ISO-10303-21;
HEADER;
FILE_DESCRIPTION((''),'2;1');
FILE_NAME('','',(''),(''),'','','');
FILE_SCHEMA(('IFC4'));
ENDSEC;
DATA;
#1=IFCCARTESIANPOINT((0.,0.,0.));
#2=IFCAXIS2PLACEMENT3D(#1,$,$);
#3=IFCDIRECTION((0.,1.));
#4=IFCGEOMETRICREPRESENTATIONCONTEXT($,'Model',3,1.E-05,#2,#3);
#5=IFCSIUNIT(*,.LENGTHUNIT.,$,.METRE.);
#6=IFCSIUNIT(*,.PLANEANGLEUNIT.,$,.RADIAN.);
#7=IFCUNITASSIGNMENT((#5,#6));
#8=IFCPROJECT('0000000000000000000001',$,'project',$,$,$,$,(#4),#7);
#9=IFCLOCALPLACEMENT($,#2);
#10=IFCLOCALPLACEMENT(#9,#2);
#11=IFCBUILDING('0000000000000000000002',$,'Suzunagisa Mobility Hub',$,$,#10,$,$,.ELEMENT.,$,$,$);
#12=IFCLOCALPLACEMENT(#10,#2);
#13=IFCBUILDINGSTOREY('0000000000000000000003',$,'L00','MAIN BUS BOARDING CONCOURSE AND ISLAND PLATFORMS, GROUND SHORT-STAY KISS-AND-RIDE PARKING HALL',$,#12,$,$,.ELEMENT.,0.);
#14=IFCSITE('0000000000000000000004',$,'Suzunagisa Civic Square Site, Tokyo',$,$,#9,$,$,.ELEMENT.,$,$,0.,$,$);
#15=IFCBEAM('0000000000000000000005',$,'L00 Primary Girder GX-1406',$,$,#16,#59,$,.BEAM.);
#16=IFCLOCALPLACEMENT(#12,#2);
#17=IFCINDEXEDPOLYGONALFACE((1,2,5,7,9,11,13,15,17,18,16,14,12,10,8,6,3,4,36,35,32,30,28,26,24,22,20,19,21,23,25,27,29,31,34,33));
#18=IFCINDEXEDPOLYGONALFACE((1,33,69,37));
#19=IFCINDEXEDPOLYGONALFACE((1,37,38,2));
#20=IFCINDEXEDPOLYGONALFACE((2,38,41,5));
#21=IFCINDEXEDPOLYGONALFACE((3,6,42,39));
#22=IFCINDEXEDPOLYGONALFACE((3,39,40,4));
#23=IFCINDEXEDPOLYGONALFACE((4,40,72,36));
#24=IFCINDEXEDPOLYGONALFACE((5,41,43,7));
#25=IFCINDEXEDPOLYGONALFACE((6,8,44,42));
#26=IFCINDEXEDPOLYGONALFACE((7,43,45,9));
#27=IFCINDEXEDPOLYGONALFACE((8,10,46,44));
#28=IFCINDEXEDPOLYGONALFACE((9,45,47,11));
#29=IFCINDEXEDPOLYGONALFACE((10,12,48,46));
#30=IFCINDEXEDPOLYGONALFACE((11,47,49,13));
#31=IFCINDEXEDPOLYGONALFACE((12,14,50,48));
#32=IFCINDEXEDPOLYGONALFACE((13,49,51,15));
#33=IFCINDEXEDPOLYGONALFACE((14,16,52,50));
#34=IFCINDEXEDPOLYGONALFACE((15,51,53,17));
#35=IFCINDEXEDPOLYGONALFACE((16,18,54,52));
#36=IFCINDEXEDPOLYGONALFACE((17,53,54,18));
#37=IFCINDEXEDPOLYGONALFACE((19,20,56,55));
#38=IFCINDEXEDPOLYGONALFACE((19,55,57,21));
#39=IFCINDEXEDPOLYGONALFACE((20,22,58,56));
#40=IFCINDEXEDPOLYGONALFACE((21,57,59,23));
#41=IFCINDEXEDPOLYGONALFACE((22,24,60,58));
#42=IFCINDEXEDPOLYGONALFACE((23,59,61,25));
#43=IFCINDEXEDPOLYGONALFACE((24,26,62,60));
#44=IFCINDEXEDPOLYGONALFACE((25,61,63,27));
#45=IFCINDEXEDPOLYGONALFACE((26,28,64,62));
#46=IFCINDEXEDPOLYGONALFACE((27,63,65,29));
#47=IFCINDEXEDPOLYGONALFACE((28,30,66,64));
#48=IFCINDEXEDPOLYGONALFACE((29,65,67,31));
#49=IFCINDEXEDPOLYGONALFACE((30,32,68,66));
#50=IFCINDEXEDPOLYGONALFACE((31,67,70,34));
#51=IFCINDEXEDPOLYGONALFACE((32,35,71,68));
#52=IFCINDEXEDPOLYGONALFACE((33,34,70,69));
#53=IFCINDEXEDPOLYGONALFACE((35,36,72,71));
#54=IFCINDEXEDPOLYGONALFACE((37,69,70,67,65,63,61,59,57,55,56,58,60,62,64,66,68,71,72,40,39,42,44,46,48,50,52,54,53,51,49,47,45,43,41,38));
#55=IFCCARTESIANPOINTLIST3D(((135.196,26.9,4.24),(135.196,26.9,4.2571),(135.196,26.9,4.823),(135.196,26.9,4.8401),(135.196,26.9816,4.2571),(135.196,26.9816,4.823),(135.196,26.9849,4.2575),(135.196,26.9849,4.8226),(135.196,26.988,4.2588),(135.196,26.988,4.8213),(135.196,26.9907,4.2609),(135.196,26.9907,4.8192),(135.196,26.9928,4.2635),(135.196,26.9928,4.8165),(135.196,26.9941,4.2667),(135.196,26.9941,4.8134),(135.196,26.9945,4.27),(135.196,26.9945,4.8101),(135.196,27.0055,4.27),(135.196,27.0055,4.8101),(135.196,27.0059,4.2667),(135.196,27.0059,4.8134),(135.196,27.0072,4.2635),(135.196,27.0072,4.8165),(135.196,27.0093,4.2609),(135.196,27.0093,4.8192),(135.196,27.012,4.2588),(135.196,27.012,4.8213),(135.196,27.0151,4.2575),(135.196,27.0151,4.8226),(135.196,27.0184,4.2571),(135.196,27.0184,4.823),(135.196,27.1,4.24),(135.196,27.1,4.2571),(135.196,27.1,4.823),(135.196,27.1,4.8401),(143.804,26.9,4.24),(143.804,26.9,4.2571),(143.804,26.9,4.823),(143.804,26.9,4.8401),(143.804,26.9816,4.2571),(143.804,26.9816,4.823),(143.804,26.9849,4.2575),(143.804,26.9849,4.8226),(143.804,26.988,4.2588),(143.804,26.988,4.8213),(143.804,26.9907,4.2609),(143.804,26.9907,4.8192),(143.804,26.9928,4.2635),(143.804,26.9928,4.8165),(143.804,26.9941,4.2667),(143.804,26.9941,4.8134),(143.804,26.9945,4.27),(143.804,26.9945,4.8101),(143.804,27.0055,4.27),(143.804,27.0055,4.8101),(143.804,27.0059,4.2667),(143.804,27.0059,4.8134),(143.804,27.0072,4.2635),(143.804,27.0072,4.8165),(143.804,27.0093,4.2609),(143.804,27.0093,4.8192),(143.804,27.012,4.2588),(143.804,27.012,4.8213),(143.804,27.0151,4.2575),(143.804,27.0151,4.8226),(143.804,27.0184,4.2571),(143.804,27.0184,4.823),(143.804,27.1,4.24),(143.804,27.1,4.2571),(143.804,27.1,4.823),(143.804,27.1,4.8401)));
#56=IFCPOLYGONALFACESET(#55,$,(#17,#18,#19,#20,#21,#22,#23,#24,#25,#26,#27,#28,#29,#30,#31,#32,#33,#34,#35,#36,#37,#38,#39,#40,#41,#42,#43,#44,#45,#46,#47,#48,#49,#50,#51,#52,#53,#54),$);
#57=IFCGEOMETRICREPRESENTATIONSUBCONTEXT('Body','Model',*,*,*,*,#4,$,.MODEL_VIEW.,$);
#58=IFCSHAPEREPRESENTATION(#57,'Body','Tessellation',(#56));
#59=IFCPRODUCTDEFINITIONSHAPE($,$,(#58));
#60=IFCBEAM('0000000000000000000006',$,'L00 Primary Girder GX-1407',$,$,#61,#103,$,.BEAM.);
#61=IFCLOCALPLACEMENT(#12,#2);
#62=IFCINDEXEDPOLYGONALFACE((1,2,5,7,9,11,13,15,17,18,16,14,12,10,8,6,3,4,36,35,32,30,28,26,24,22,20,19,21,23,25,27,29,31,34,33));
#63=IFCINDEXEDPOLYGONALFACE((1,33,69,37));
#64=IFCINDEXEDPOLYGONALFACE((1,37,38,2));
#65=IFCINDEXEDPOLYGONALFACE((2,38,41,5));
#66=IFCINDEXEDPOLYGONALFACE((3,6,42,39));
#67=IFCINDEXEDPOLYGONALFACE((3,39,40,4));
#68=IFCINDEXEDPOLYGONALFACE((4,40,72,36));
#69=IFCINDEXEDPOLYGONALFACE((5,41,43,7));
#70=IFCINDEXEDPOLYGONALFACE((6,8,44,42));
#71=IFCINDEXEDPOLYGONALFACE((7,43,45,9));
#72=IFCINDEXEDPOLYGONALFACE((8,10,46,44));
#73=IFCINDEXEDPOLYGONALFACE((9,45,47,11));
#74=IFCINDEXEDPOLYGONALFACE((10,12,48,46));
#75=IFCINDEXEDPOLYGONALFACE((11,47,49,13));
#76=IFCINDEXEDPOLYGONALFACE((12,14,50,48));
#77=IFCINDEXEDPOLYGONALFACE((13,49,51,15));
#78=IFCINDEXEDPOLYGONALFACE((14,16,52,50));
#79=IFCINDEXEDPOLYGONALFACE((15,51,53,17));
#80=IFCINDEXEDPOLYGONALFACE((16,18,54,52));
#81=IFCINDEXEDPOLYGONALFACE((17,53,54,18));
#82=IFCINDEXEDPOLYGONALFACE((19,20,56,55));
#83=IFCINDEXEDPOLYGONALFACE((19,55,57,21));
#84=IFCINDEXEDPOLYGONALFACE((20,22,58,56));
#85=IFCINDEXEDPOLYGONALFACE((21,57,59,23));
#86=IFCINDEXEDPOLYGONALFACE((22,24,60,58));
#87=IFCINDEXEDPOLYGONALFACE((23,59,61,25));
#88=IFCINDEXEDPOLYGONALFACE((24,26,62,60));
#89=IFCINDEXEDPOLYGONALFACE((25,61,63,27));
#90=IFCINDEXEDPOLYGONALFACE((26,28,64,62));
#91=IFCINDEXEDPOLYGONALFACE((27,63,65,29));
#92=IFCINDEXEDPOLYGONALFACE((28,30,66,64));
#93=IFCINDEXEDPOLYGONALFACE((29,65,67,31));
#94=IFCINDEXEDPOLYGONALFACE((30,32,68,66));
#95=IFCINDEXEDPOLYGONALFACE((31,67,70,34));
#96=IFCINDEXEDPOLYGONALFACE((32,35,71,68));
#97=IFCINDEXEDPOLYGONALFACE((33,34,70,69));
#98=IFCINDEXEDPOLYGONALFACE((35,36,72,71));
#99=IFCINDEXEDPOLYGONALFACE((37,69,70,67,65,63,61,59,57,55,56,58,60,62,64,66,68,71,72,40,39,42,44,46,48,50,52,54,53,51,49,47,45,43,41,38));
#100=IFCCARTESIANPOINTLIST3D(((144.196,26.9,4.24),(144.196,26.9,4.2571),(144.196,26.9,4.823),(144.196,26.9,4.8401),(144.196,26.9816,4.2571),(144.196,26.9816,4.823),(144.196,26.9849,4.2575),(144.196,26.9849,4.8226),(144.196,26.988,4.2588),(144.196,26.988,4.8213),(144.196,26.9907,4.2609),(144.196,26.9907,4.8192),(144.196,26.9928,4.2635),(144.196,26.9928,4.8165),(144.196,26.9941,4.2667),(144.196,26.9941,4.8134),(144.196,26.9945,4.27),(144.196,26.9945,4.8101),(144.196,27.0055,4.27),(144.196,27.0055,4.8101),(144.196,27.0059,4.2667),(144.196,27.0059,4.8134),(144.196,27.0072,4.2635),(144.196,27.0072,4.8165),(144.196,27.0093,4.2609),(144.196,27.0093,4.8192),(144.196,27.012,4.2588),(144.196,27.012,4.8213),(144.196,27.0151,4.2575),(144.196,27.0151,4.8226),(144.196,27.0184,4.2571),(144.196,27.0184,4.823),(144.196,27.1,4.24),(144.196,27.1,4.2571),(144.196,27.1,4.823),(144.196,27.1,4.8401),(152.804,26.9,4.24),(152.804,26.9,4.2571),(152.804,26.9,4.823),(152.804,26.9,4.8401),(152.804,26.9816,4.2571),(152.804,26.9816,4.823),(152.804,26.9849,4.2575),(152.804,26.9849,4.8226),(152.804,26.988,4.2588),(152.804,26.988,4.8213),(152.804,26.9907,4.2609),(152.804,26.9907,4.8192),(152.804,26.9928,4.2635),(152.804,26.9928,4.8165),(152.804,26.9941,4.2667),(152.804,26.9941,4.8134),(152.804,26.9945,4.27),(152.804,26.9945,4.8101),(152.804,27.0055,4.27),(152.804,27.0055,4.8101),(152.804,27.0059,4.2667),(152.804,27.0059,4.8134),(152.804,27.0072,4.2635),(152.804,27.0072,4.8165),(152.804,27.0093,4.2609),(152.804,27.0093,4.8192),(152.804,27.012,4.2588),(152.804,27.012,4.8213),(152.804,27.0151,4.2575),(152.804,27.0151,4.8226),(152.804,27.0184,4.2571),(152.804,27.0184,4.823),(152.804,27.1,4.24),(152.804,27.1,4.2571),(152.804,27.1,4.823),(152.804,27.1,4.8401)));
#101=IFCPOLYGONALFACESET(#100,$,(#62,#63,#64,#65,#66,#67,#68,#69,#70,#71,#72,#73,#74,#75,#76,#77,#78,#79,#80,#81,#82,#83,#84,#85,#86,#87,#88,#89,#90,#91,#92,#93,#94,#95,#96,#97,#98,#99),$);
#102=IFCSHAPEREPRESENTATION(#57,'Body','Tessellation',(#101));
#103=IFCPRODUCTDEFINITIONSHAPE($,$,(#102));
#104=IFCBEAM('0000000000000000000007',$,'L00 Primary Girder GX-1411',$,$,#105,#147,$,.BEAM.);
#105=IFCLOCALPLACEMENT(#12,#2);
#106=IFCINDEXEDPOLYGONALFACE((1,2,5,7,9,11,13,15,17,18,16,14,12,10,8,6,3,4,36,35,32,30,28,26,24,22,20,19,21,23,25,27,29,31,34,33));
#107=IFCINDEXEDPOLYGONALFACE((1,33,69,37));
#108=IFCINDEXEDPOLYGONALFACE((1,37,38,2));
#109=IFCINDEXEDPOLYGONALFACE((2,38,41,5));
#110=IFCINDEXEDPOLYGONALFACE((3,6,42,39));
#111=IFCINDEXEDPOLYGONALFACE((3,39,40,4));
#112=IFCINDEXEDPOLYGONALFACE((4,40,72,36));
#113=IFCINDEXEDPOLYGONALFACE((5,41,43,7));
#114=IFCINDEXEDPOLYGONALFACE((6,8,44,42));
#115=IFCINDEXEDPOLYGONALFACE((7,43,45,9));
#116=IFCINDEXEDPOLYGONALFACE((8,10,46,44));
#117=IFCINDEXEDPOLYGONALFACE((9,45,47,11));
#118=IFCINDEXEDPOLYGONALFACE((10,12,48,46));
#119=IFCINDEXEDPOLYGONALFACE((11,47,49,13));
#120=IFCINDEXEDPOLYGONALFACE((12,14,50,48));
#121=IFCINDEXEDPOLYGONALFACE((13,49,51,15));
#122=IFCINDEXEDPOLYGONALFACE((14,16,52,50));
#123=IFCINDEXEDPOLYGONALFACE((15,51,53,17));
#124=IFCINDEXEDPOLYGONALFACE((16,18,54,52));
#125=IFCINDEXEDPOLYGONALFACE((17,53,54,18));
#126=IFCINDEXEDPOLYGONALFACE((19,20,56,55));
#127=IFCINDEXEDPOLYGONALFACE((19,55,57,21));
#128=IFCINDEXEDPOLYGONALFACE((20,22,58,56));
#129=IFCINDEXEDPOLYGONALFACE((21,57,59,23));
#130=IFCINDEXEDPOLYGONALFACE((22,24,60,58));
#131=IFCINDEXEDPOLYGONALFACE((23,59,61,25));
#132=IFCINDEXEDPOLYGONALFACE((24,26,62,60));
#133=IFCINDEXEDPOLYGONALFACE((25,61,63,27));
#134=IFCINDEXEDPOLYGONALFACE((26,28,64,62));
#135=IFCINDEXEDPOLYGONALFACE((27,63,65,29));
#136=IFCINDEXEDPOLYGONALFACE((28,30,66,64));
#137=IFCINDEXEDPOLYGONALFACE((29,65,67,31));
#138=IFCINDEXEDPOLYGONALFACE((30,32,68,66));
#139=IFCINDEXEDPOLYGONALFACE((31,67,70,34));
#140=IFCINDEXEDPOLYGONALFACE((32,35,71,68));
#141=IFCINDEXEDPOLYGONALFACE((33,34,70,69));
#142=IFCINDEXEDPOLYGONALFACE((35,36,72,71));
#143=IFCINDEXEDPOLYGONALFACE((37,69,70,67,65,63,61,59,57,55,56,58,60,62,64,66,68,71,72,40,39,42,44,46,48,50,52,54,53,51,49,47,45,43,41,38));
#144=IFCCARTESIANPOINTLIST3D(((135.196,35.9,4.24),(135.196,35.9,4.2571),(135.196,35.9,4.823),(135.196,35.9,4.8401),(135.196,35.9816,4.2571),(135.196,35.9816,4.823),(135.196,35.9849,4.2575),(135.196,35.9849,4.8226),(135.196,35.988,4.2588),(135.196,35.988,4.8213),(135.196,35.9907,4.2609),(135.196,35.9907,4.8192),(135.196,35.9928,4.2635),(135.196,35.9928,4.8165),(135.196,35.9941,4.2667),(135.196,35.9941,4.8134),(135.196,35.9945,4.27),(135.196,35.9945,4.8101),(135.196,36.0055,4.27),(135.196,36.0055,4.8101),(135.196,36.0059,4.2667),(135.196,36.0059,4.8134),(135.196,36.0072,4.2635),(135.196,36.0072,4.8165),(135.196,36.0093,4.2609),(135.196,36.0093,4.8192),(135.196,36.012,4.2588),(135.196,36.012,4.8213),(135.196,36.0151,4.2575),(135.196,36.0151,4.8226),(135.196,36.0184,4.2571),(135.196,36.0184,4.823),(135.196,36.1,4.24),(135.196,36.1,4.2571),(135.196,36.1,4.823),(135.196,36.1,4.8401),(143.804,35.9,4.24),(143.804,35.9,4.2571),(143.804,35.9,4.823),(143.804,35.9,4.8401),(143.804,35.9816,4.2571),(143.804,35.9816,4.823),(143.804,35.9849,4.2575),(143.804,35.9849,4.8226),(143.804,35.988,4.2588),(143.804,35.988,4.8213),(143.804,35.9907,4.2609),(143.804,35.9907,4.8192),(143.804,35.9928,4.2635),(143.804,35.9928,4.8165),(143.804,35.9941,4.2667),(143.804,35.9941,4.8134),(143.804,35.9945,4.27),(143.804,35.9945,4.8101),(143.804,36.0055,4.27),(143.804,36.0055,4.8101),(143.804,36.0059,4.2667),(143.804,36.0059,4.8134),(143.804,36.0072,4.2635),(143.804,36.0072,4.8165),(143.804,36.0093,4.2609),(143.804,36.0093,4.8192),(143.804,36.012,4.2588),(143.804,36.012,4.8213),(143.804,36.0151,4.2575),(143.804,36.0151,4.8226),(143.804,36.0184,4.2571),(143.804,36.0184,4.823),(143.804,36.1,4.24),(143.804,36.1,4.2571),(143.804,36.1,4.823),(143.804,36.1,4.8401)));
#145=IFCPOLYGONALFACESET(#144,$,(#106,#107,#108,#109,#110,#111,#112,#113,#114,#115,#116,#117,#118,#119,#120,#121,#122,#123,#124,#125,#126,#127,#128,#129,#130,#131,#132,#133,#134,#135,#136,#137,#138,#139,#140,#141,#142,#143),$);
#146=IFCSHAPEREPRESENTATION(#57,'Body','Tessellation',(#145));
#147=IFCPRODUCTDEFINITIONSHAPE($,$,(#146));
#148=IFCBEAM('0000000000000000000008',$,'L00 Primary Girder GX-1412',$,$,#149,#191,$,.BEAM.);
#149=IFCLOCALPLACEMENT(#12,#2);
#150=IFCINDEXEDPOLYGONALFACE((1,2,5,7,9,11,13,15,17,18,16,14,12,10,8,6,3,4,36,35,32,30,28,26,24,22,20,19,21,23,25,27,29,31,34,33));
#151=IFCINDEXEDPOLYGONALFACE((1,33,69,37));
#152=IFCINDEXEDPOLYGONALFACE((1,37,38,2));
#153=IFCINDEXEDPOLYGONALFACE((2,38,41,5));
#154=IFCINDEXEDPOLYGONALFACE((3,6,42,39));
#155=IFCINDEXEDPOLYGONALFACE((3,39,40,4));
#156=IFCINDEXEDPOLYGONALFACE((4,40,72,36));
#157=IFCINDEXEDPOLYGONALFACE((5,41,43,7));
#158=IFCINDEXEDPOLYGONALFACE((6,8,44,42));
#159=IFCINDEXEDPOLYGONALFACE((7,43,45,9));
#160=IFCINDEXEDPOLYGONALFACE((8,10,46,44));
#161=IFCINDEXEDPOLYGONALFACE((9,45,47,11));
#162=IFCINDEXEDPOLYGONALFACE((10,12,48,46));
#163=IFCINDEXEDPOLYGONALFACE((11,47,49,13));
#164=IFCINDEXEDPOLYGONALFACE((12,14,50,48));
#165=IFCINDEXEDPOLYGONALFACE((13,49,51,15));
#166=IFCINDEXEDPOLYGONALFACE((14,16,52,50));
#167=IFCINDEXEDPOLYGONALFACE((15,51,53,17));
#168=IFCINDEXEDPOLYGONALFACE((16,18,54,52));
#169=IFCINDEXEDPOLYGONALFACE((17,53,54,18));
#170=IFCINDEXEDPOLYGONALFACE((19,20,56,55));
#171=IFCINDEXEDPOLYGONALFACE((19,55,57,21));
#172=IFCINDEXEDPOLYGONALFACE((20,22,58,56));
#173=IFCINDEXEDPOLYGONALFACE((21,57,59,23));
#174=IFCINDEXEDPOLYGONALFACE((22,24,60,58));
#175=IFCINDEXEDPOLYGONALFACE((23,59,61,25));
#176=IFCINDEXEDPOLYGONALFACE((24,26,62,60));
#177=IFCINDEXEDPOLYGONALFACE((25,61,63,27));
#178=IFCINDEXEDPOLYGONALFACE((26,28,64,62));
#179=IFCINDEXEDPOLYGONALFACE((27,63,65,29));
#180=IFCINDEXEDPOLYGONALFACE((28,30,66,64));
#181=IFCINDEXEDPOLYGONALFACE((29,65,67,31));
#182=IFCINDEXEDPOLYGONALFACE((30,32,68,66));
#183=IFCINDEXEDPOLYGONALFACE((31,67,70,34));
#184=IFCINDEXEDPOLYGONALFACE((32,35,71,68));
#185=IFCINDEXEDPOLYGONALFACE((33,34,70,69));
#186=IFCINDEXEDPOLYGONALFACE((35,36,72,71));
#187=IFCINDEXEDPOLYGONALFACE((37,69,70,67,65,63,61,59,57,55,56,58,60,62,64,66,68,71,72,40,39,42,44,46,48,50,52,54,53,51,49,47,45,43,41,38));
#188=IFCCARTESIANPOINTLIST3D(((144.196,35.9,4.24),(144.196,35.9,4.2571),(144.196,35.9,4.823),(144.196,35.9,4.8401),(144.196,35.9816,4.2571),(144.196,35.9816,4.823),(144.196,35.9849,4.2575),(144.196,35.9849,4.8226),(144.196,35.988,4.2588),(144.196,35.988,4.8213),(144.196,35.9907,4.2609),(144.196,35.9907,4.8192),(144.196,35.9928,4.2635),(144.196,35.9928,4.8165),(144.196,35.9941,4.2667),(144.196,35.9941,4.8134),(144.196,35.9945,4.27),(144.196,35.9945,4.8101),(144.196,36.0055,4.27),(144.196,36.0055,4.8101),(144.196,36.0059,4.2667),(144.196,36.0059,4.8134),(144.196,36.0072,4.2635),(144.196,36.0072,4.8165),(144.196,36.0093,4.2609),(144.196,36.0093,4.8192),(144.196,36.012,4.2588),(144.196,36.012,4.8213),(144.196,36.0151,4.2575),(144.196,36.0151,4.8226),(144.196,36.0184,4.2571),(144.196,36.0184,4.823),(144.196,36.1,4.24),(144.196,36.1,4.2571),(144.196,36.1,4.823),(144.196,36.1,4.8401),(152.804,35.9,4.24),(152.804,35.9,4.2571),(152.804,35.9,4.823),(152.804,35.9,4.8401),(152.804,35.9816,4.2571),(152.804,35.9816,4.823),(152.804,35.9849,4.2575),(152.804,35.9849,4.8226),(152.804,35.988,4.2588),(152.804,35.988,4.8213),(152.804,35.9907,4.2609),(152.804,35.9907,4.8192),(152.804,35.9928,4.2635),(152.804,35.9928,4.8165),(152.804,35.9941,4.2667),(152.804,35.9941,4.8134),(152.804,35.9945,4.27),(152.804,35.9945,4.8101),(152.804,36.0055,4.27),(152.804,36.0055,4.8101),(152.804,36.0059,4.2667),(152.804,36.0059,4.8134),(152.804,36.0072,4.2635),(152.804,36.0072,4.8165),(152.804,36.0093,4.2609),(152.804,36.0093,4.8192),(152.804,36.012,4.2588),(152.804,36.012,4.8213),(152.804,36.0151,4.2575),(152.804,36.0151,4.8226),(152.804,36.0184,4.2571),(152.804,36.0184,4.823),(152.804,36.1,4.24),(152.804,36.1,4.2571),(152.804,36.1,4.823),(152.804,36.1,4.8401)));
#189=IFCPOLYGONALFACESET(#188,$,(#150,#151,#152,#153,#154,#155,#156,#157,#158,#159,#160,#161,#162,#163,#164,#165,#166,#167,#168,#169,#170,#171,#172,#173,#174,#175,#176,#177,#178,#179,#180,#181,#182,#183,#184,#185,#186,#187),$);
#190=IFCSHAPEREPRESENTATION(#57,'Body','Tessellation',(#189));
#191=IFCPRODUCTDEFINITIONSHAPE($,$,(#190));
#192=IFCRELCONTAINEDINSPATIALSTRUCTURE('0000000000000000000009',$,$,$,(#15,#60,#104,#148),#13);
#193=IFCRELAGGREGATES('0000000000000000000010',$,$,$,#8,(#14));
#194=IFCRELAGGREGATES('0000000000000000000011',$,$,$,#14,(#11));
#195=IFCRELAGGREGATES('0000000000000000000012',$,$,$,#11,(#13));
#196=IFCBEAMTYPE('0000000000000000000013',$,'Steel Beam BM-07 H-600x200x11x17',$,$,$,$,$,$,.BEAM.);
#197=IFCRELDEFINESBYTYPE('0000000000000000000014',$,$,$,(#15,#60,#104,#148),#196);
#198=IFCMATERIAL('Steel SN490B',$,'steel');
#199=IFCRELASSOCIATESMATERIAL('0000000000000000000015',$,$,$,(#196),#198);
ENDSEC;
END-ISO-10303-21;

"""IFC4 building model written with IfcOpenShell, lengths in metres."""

from ifc_helpers import new_model, si_unit, direction, frame, origin, origin_2d, place, context, subcontext, project, spatial, i_section, extrude, material, material_profile, profile_set, type_object, element, save


model = new_model("IFC4")

# Units and contexts
model_context = context("Model", 3, precision=1e-05, world=origin(), true_north=direction((0.0, 1.0)))
body_context = subcontext(model_context, "Body", "Model", "MODEL_VIEW")
ifc_project = project(units=[si_unit("LENGTHUNIT", "METRE"), si_unit("PLANEANGLEUNIT", "RADIAN")], contexts=[model_context])

# Site, building, storey
site_placement = place(None, origin())
site = spatial("IfcSite", under=ifc_project, at=site_placement, Name="Suzunagisa Civic Square Site, Tokyo", CompositionType="ELEMENT", RefElevation=0.0)
building_placement = place(site_placement, origin())
building = spatial("IfcBuilding", under=site, at=building_placement, Name="Suzunagisa Mobility Hub", CompositionType="ELEMENT")
storey_placement = place(building_placement, origin())
storey = spatial("IfcBuildingStorey", under=building, at=storey_placement, Name="L00", Description="MAIN BUS BOARDING CONCOURSE AND ISLAND PLATFORMS, GROUND SHORT-STAY KISS-AND-RIDE PARKING HALL", CompositionType="ELEMENT", Elevation=0.0)

# Shared definitions
ifc_material_1 = material(Name="Steel SN490B", Category="steel")

# Beams
ifc_material_profile_1 = material_profile(ifc_material_1, i_section(OverallWidth=0.2, OverallDepth=0.6001, WebThickness=0.011, FlangeThickness=0.0171, FilletRadius=0.0129, at=origin_2d()), Name="H-600x200x11x17")
ifc_profile_set_1 = profile_set([ifc_material_profile_1], Name="Steel SN490B")
beam_type_1 = type_object("IfcBeamType", Name="Steel Beam BM-07 H-600x200x11x17", PredefinedType="BEAM", material=ifc_profile_set_1)
for number, where, z_axis, x_axis, name in (
    (1, (135.196, 27.0, 4.54), (1.0, 0.0, 0.0), (0.0, 1.0, 0.0), "L00 Primary Girder GX-1406"),
    (2, (144.196, 27.0, 4.54), (1.0, 0.0, 0.0), (0.0, 1.0, 0.0), "L00 Primary Girder GX-1407"),
    (3, (135.196, 36.0, 4.54), (1.0, 0.0, 0.0), (0.0, 1.0, 0.0), "L00 Primary Girder GX-1411"),
    (4, (144.196, 36.0, 4.54), (1.0, 0.0, 0.0), (0.0, 1.0, 0.0), "L00 Primary Girder GX-1412"),
):
    element("IfcBeam", number, at=place(storey_placement, frame(where, z_axis=z_axis, x_axis=x_axis)), inside=storey, type_object=beam_type_1, Name=name, PredefinedType="BEAM", context=body_context, shape_type="SweptSolid", body=[
        extrude(i_section(OverallWidth=0.2, OverallDepth=0.6001, WebThickness=0.011, FlangeThickness=0.0171, FilletRadius=0.0129, at=origin_2d()), origin(), (0.0, 0.0, 1.0), 8.6079),
    ])

save(model, "model.ifc")
